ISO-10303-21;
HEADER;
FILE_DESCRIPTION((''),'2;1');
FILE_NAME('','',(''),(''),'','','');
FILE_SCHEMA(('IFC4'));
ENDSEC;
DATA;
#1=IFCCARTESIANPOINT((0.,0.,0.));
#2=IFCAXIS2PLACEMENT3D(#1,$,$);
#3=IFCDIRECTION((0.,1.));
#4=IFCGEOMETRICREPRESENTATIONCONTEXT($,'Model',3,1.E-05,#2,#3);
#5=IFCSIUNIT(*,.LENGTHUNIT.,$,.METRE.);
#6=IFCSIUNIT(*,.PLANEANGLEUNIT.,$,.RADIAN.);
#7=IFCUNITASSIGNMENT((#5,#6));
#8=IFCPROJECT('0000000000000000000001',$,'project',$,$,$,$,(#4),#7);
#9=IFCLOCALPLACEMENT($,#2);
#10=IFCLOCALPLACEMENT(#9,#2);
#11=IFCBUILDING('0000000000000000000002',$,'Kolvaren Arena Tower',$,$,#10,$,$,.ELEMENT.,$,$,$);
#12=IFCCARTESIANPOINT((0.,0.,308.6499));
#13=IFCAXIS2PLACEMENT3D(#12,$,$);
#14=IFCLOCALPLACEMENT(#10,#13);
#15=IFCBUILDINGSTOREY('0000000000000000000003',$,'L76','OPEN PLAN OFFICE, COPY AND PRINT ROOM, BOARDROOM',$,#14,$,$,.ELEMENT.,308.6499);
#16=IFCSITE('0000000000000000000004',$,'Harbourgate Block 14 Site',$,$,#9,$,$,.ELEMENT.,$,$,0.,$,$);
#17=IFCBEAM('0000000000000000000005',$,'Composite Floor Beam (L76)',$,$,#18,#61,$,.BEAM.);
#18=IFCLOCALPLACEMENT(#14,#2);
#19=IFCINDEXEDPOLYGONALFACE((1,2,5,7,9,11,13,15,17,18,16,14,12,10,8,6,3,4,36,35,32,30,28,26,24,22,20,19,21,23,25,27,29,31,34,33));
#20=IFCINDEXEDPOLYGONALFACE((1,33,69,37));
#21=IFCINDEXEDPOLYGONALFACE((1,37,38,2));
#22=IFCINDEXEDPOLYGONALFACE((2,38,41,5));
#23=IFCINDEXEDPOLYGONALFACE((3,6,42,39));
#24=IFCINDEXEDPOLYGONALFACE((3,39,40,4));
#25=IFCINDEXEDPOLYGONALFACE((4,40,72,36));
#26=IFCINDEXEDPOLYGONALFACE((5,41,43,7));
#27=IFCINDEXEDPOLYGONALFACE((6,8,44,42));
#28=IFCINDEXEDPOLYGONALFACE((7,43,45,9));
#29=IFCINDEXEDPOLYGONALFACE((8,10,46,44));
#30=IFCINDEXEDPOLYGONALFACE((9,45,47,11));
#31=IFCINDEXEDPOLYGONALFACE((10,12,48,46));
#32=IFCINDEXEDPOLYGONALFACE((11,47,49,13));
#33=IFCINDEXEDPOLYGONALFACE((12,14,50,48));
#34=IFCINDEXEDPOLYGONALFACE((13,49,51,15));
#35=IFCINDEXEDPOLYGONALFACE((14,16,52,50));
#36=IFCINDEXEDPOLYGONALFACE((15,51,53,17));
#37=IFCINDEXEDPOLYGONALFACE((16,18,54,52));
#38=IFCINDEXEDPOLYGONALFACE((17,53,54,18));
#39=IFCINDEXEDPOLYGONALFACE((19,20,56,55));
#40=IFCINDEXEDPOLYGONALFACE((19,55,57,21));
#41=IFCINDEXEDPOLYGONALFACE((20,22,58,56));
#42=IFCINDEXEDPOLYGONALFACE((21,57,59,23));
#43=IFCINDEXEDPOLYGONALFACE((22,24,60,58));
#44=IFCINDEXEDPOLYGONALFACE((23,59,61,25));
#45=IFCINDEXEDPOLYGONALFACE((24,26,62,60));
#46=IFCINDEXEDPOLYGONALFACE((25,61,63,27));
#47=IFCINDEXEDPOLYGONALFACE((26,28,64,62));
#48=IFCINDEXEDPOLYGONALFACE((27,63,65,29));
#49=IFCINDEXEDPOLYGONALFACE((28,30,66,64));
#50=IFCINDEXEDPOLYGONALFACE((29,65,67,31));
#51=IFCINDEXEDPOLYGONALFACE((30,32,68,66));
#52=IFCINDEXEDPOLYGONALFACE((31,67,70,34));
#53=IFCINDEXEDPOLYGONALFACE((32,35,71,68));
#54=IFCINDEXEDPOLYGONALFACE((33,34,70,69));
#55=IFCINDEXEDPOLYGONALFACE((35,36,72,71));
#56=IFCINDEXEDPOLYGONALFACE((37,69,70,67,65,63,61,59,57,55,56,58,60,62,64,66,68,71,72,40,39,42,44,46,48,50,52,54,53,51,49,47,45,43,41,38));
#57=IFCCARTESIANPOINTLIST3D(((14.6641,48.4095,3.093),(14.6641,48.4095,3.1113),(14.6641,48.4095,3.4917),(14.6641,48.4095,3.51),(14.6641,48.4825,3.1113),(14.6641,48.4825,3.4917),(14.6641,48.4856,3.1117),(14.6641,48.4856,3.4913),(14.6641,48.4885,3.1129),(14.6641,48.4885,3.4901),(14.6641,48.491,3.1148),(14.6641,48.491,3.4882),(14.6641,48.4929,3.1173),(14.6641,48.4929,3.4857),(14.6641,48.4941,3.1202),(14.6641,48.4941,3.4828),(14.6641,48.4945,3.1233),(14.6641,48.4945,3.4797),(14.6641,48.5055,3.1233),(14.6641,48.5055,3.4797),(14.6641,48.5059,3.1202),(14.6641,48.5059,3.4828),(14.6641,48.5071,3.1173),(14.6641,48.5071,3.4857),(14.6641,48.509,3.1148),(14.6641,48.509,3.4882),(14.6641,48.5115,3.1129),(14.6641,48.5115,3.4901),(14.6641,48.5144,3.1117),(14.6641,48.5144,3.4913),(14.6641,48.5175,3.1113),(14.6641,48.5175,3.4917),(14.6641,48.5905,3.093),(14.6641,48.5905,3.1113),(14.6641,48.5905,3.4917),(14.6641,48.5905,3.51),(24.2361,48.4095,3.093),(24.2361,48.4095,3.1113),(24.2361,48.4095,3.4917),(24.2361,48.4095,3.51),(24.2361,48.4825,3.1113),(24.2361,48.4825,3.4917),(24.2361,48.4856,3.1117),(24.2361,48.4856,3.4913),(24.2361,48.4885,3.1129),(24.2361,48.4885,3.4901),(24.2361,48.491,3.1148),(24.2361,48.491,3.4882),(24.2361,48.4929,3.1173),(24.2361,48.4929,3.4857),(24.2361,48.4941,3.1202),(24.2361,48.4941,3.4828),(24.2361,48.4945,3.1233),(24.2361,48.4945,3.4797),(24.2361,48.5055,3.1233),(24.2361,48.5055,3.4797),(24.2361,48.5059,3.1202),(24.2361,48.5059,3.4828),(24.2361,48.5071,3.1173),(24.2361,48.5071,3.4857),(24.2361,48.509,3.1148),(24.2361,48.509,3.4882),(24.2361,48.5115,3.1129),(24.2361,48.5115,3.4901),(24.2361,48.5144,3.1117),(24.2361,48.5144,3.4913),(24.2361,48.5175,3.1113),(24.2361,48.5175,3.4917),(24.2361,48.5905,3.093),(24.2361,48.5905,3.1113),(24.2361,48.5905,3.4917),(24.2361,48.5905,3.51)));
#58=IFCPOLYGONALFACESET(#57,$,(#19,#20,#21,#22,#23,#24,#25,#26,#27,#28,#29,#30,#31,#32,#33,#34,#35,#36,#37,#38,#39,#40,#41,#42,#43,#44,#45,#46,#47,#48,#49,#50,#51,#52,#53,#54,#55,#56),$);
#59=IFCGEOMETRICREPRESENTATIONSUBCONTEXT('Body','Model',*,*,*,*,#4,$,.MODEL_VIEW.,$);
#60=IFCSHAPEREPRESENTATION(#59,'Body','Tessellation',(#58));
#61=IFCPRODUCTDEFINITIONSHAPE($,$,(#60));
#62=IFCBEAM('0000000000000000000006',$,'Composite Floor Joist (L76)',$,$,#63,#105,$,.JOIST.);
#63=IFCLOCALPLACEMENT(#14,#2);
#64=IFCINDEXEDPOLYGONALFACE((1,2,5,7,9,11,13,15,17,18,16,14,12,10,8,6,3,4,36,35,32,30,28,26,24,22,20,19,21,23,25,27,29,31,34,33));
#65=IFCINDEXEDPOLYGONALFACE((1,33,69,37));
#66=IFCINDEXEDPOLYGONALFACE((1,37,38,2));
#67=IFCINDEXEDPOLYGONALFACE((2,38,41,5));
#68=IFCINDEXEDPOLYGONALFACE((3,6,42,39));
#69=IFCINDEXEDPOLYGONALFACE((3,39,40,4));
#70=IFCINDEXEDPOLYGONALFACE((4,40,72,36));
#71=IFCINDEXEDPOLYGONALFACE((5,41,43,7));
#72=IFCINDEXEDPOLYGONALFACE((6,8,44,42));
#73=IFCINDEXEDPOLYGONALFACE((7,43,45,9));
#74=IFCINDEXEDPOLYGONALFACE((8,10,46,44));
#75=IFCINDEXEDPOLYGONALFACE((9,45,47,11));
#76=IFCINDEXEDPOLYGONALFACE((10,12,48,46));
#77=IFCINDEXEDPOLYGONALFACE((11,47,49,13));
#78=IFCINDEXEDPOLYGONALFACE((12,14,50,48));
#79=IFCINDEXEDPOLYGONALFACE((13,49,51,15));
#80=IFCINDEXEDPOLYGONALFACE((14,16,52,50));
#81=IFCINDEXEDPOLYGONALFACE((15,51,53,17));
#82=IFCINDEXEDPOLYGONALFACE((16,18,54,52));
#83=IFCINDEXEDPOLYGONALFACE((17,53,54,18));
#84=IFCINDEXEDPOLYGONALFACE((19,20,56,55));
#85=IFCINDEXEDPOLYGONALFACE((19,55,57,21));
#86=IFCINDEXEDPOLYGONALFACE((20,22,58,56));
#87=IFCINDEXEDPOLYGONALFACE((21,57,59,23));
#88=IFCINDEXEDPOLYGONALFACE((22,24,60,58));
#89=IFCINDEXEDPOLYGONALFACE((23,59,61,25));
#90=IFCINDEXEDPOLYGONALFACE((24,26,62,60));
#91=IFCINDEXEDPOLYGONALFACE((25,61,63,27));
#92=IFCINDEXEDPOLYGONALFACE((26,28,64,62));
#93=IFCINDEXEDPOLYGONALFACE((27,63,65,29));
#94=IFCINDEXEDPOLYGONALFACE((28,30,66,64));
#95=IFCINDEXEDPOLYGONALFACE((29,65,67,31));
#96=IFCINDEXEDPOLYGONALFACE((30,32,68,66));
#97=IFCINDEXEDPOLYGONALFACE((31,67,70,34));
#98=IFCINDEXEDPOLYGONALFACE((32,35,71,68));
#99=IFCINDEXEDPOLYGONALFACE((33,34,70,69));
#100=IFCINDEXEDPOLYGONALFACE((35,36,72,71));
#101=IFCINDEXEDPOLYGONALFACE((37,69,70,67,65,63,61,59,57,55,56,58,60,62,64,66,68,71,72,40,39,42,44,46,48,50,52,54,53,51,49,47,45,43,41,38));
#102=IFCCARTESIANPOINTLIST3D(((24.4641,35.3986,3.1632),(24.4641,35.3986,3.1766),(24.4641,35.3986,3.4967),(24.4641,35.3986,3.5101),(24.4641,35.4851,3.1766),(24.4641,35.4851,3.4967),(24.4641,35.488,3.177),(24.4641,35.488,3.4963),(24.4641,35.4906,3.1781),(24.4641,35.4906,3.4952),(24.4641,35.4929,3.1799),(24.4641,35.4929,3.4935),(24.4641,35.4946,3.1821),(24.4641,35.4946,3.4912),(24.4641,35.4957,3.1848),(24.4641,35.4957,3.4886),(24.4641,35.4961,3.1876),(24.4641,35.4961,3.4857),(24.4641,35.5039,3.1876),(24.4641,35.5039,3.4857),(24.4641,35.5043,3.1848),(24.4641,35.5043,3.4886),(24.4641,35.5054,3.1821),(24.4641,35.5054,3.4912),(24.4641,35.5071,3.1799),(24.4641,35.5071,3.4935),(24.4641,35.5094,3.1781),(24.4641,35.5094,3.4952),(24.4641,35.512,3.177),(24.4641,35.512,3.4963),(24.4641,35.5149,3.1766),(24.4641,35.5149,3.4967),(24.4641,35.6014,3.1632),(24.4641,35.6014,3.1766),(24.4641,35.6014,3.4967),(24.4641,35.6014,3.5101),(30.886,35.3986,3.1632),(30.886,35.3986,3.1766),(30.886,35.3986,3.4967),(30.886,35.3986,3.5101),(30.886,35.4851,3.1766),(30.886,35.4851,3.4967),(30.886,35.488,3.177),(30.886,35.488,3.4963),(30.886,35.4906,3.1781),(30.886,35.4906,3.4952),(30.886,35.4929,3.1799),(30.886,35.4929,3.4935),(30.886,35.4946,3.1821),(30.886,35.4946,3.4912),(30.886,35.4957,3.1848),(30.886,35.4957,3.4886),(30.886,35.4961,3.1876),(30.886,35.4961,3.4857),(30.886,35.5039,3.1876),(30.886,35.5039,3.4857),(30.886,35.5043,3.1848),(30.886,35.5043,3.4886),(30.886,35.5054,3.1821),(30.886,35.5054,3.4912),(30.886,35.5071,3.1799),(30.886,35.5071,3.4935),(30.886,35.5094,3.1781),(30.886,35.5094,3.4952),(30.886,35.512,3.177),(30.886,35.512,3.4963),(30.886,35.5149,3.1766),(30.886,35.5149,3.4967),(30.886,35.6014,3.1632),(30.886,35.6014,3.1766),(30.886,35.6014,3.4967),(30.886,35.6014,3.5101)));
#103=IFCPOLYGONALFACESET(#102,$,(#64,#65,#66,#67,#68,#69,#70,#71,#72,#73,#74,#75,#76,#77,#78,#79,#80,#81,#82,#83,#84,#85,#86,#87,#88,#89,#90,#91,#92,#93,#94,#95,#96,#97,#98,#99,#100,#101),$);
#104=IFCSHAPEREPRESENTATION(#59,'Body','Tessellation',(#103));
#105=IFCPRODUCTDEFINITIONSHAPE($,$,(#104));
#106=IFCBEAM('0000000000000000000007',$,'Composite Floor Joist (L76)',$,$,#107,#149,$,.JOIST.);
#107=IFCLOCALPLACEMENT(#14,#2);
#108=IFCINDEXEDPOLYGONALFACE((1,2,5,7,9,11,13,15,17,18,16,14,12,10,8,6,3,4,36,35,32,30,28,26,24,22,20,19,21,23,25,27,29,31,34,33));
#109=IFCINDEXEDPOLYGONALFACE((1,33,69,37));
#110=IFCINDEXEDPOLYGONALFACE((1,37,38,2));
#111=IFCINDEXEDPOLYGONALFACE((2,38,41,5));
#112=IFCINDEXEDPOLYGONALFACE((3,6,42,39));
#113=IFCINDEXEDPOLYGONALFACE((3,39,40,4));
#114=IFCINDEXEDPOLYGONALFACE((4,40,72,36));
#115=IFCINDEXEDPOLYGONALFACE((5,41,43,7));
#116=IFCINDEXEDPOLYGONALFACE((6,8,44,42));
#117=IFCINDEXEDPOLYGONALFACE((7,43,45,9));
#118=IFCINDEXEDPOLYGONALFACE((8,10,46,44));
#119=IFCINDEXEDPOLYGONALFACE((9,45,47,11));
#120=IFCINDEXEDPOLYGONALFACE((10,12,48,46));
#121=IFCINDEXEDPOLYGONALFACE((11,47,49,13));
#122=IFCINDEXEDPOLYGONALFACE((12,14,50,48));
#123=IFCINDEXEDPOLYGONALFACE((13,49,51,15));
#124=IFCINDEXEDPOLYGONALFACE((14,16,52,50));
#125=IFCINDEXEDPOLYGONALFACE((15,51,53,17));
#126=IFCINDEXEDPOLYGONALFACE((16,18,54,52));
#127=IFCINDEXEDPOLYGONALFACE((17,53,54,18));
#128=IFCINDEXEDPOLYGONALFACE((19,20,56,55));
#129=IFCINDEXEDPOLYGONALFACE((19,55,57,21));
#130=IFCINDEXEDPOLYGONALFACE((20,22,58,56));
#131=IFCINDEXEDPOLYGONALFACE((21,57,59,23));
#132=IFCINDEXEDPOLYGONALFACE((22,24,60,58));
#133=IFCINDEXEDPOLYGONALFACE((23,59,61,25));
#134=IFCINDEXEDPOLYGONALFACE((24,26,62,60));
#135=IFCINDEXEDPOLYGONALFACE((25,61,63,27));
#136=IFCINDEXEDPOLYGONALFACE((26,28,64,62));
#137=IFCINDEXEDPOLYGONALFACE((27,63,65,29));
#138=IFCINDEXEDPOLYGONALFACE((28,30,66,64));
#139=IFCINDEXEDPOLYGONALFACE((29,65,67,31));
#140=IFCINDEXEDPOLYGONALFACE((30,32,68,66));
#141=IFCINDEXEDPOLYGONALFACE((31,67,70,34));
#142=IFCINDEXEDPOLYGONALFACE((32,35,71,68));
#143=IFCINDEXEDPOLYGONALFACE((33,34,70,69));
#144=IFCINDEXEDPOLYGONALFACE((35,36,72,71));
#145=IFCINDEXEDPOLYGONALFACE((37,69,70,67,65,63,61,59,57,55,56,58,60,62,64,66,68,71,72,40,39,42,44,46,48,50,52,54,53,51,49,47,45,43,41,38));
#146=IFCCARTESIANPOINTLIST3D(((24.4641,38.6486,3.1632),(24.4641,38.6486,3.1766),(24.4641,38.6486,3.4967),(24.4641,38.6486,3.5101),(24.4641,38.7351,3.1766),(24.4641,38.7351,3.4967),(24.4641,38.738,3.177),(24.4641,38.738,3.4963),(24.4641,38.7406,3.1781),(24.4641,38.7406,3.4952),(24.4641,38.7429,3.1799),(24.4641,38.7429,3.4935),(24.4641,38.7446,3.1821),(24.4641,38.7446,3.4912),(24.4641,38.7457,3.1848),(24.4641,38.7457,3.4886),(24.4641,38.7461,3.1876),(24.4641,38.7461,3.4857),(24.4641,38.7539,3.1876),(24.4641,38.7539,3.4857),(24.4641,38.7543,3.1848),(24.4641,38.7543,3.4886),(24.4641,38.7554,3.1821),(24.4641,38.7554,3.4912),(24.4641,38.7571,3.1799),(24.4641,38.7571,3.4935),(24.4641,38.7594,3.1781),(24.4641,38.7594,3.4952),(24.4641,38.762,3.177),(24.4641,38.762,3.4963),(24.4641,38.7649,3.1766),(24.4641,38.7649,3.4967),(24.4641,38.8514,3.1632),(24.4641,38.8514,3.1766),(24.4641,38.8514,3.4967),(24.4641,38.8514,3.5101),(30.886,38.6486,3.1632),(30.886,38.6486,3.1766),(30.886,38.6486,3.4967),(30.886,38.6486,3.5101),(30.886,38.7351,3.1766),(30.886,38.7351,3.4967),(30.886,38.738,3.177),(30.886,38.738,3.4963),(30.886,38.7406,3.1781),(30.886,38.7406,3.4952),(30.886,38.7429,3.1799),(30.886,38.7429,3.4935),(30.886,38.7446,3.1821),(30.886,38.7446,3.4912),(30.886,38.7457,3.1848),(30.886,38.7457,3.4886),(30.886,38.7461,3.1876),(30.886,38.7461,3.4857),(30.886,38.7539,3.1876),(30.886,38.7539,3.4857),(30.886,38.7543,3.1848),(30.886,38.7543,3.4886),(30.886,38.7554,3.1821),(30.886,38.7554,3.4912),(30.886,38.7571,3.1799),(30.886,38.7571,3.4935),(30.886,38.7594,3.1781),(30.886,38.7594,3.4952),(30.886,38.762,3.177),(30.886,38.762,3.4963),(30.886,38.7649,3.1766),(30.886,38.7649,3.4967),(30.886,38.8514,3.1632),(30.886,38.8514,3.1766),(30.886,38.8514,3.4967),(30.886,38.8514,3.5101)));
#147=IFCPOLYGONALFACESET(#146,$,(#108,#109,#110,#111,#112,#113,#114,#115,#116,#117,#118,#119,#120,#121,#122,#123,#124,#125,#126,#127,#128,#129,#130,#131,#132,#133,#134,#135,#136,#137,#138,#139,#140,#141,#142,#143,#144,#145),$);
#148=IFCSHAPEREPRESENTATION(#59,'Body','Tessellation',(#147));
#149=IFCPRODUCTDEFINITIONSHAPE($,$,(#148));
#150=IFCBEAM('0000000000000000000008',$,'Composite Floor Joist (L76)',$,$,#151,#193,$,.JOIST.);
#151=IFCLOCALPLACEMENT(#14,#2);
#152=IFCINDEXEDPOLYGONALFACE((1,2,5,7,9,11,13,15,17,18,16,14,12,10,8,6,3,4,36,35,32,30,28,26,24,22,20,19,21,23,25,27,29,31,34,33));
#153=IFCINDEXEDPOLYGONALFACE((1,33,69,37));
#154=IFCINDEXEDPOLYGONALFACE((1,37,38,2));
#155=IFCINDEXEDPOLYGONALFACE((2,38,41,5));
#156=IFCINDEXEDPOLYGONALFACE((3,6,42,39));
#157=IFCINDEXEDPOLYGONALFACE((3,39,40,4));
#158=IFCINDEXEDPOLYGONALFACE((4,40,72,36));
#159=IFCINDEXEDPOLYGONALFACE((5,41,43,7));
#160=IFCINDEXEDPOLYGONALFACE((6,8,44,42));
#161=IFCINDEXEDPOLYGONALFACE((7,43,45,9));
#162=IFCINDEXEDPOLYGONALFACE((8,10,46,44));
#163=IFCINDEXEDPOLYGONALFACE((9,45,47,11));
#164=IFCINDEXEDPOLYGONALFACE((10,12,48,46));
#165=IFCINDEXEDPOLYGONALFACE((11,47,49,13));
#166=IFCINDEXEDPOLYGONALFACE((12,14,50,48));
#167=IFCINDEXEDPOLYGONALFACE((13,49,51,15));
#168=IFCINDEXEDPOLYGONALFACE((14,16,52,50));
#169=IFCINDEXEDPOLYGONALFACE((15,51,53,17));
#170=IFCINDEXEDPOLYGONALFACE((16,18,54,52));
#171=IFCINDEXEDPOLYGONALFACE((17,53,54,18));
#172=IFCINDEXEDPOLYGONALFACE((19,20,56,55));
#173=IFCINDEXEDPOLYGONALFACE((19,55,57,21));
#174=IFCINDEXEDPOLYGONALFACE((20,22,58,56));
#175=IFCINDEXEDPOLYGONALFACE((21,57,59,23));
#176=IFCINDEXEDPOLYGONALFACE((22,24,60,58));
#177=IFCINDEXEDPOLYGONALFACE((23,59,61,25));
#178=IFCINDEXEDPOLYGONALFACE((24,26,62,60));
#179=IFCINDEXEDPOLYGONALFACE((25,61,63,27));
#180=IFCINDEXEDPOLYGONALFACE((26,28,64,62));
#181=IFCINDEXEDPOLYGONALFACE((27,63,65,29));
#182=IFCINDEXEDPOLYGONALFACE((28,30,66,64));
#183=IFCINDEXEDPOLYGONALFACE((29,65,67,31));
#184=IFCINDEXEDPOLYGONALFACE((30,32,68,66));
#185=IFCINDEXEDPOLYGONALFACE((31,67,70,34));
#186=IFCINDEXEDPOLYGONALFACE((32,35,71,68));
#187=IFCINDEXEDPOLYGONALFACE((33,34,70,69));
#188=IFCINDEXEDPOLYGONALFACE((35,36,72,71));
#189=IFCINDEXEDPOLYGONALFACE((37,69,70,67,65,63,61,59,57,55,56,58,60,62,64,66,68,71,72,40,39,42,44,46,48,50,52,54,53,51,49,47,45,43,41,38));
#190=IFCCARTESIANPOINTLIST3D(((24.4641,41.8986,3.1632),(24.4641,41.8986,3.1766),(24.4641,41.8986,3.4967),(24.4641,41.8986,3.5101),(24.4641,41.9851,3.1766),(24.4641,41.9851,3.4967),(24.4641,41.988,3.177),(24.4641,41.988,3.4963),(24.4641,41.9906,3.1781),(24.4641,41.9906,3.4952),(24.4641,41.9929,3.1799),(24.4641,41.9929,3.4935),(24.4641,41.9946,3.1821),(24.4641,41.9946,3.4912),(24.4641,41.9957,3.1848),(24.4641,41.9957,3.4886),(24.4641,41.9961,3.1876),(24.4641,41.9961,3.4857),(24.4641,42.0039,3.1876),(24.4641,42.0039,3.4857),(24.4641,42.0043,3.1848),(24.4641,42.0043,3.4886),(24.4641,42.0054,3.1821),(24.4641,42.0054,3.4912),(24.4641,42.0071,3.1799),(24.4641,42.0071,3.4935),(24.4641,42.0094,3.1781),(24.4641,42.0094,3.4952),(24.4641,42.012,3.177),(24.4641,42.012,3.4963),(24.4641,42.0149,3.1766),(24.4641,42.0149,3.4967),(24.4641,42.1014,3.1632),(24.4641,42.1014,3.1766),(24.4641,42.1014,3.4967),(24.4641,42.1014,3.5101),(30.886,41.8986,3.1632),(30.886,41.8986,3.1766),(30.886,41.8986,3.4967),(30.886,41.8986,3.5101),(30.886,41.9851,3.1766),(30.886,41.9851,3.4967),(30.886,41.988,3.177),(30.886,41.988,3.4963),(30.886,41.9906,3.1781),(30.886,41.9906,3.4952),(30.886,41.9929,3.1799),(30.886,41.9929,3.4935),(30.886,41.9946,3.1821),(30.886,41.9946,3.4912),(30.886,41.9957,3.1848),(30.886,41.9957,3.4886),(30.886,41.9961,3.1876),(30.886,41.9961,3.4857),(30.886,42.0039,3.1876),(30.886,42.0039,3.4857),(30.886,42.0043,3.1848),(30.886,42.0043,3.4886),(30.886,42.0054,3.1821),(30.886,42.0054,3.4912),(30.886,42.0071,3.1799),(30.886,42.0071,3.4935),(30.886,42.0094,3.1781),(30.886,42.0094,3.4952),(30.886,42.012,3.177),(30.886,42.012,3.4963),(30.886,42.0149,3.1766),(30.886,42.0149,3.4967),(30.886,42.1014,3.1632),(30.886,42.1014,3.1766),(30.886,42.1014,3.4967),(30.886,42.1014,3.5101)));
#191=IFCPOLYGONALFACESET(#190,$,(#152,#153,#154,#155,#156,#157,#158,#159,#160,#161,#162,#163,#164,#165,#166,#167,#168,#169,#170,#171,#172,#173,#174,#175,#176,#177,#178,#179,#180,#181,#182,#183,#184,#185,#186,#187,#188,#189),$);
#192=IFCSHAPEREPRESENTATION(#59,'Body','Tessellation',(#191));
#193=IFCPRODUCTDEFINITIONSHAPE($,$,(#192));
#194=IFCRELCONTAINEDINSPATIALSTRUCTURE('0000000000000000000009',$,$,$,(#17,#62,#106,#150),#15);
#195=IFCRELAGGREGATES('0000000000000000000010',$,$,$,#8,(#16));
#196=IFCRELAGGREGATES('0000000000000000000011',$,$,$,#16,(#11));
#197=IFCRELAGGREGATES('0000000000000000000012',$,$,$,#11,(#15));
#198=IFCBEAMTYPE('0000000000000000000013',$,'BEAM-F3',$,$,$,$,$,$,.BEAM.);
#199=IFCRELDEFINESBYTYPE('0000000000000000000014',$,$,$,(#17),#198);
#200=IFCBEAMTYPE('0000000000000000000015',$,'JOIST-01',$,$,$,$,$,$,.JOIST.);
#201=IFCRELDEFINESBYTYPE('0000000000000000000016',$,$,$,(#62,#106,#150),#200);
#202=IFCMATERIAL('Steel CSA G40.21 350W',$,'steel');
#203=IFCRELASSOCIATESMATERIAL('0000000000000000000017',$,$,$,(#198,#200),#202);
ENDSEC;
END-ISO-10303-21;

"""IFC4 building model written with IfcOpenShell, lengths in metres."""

from ifc_helpers import new_model, si_unit, direction, frame, origin, origin_2d, place, context, subcontext, project, spatial, i_section, extrude, material, material_profile, profile_set, type_object, element, save


model = new_model("IFC4")

# Units and contexts
model_context = context("Model", 3, precision=1e-05, world=origin(), true_north=direction((0.0, 1.0)))
body_context = subcontext(model_context, "Body", "Model", "MODEL_VIEW")
ifc_project = project(units=[si_unit("LENGTHUNIT", "METRE"), si_unit("PLANEANGLEUNIT", "RADIAN")], contexts=[model_context])

# Site, building, storey
site_placement = place(None, origin())
site = spatial("IfcSite", under=ifc_project, at=site_placement, Name="Harbourgate Block 14 Site", CompositionType="ELEMENT", RefElevation=0.0)
building_placement = place(site_placement, origin())
building = spatial("IfcBuilding", under=site, at=building_placement, Name="Kolvaren Arena Tower", CompositionType="ELEMENT")
storey_placement = place(building_placement, frame((0.0, 0.0, 308.6499)))
storey = spatial("IfcBuildingStorey", under=building, at=storey_placement, Name="L76", Description="OPEN PLAN OFFICE, COPY AND PRINT ROOM, BOARDROOM", CompositionType="ELEMENT", Elevation=308.6499)

# Beams
ifc_material_1 = material(Name="Steel CSA G40.21 350W", Category="steel")
ifc_material_profile_1 = material_profile(ifc_material_1, i_section(OverallWidth=0.1809, OverallDepth=0.417, WebThickness=0.011, FlangeThickness=0.0183, FilletRadius=0.012, at=origin_2d()), Name="W410x85")
ifc_profile_set_1 = profile_set([ifc_material_profile_1], Name="Steel CSA G40.21 350W")
beam_type_1 = type_object("IfcBeamType", Name="BEAM-F3", PredefinedType="BEAM", material=ifc_profile_set_1)
beam_1_placement = place(storey_placement, frame((14.6641, 48.5, 3.3015), z_axis=(1.0, 0.0, 0.0), x_axis=(0.0, 1.0, 0.0)))
element("IfcBeam", 1, at=beam_1_placement, inside=storey, type_object=beam_type_1, Name="Composite Floor Beam (L76)", PredefinedType="BEAM", context=body_context, shape_type="SweptSolid", body=[
    extrude(i_section(OverallWidth=0.1809, OverallDepth=0.417, WebThickness=0.011, FlangeThickness=0.0183, FilletRadius=0.012, at=origin_2d()), origin(), (0.0, 0.0, 1.0), 9.572),
])
ifc_material_profile_2 = material_profile(ifc_material_1, i_section(OverallWidth=0.2029, OverallDepth=0.3469, WebThickness=0.0078, FlangeThickness=0.0134, FilletRadius=0.011, at=origin_2d()), Name="W360x64")
ifc_profile_set_2 = profile_set([ifc_material_profile_2], Name="Steel CSA G40.21 350W")
beam_type_2 = type_object("IfcBeamType", Name="JOIST-01", PredefinedType="JOIST", material=ifc_profile_set_2)
for number, where, z_axis, x_axis, name in (
    (2, (24.4641, 35.5, 3.3367), (1.0, 0.0, 0.0), (0.0, 1.0, 0.0), "Composite Floor Joist (L76)"),
    (3, (24.4641, 38.75, 3.3367), (1.0, 0.0, 0.0), (0.0, 1.0, 0.0), "Composite Floor Joist (L76)"),
    (4, (24.4641, 42.0, 3.3367), (1.0, 0.0, 0.0), (0.0, 1.0, 0.0), "Composite Floor Joist (L76)"),
):
    element("IfcBeam", number, at=place(storey_placement, frame(where, z_axis=z_axis, x_axis=x_axis)), inside=storey, type_object=beam_type_2, Name=name, PredefinedType="JOIST", context=body_context, shape_type="SweptSolid", body=[
        extrude(i_section(OverallWidth=0.2029, OverallDepth=0.3469, WebThickness=0.0078, FlangeThickness=0.0134, FilletRadius=0.011, at=origin_2d()), origin(), (0.0, 0.0, 1.0), 6.4219),
    ])

save(model, "model.ifc")
